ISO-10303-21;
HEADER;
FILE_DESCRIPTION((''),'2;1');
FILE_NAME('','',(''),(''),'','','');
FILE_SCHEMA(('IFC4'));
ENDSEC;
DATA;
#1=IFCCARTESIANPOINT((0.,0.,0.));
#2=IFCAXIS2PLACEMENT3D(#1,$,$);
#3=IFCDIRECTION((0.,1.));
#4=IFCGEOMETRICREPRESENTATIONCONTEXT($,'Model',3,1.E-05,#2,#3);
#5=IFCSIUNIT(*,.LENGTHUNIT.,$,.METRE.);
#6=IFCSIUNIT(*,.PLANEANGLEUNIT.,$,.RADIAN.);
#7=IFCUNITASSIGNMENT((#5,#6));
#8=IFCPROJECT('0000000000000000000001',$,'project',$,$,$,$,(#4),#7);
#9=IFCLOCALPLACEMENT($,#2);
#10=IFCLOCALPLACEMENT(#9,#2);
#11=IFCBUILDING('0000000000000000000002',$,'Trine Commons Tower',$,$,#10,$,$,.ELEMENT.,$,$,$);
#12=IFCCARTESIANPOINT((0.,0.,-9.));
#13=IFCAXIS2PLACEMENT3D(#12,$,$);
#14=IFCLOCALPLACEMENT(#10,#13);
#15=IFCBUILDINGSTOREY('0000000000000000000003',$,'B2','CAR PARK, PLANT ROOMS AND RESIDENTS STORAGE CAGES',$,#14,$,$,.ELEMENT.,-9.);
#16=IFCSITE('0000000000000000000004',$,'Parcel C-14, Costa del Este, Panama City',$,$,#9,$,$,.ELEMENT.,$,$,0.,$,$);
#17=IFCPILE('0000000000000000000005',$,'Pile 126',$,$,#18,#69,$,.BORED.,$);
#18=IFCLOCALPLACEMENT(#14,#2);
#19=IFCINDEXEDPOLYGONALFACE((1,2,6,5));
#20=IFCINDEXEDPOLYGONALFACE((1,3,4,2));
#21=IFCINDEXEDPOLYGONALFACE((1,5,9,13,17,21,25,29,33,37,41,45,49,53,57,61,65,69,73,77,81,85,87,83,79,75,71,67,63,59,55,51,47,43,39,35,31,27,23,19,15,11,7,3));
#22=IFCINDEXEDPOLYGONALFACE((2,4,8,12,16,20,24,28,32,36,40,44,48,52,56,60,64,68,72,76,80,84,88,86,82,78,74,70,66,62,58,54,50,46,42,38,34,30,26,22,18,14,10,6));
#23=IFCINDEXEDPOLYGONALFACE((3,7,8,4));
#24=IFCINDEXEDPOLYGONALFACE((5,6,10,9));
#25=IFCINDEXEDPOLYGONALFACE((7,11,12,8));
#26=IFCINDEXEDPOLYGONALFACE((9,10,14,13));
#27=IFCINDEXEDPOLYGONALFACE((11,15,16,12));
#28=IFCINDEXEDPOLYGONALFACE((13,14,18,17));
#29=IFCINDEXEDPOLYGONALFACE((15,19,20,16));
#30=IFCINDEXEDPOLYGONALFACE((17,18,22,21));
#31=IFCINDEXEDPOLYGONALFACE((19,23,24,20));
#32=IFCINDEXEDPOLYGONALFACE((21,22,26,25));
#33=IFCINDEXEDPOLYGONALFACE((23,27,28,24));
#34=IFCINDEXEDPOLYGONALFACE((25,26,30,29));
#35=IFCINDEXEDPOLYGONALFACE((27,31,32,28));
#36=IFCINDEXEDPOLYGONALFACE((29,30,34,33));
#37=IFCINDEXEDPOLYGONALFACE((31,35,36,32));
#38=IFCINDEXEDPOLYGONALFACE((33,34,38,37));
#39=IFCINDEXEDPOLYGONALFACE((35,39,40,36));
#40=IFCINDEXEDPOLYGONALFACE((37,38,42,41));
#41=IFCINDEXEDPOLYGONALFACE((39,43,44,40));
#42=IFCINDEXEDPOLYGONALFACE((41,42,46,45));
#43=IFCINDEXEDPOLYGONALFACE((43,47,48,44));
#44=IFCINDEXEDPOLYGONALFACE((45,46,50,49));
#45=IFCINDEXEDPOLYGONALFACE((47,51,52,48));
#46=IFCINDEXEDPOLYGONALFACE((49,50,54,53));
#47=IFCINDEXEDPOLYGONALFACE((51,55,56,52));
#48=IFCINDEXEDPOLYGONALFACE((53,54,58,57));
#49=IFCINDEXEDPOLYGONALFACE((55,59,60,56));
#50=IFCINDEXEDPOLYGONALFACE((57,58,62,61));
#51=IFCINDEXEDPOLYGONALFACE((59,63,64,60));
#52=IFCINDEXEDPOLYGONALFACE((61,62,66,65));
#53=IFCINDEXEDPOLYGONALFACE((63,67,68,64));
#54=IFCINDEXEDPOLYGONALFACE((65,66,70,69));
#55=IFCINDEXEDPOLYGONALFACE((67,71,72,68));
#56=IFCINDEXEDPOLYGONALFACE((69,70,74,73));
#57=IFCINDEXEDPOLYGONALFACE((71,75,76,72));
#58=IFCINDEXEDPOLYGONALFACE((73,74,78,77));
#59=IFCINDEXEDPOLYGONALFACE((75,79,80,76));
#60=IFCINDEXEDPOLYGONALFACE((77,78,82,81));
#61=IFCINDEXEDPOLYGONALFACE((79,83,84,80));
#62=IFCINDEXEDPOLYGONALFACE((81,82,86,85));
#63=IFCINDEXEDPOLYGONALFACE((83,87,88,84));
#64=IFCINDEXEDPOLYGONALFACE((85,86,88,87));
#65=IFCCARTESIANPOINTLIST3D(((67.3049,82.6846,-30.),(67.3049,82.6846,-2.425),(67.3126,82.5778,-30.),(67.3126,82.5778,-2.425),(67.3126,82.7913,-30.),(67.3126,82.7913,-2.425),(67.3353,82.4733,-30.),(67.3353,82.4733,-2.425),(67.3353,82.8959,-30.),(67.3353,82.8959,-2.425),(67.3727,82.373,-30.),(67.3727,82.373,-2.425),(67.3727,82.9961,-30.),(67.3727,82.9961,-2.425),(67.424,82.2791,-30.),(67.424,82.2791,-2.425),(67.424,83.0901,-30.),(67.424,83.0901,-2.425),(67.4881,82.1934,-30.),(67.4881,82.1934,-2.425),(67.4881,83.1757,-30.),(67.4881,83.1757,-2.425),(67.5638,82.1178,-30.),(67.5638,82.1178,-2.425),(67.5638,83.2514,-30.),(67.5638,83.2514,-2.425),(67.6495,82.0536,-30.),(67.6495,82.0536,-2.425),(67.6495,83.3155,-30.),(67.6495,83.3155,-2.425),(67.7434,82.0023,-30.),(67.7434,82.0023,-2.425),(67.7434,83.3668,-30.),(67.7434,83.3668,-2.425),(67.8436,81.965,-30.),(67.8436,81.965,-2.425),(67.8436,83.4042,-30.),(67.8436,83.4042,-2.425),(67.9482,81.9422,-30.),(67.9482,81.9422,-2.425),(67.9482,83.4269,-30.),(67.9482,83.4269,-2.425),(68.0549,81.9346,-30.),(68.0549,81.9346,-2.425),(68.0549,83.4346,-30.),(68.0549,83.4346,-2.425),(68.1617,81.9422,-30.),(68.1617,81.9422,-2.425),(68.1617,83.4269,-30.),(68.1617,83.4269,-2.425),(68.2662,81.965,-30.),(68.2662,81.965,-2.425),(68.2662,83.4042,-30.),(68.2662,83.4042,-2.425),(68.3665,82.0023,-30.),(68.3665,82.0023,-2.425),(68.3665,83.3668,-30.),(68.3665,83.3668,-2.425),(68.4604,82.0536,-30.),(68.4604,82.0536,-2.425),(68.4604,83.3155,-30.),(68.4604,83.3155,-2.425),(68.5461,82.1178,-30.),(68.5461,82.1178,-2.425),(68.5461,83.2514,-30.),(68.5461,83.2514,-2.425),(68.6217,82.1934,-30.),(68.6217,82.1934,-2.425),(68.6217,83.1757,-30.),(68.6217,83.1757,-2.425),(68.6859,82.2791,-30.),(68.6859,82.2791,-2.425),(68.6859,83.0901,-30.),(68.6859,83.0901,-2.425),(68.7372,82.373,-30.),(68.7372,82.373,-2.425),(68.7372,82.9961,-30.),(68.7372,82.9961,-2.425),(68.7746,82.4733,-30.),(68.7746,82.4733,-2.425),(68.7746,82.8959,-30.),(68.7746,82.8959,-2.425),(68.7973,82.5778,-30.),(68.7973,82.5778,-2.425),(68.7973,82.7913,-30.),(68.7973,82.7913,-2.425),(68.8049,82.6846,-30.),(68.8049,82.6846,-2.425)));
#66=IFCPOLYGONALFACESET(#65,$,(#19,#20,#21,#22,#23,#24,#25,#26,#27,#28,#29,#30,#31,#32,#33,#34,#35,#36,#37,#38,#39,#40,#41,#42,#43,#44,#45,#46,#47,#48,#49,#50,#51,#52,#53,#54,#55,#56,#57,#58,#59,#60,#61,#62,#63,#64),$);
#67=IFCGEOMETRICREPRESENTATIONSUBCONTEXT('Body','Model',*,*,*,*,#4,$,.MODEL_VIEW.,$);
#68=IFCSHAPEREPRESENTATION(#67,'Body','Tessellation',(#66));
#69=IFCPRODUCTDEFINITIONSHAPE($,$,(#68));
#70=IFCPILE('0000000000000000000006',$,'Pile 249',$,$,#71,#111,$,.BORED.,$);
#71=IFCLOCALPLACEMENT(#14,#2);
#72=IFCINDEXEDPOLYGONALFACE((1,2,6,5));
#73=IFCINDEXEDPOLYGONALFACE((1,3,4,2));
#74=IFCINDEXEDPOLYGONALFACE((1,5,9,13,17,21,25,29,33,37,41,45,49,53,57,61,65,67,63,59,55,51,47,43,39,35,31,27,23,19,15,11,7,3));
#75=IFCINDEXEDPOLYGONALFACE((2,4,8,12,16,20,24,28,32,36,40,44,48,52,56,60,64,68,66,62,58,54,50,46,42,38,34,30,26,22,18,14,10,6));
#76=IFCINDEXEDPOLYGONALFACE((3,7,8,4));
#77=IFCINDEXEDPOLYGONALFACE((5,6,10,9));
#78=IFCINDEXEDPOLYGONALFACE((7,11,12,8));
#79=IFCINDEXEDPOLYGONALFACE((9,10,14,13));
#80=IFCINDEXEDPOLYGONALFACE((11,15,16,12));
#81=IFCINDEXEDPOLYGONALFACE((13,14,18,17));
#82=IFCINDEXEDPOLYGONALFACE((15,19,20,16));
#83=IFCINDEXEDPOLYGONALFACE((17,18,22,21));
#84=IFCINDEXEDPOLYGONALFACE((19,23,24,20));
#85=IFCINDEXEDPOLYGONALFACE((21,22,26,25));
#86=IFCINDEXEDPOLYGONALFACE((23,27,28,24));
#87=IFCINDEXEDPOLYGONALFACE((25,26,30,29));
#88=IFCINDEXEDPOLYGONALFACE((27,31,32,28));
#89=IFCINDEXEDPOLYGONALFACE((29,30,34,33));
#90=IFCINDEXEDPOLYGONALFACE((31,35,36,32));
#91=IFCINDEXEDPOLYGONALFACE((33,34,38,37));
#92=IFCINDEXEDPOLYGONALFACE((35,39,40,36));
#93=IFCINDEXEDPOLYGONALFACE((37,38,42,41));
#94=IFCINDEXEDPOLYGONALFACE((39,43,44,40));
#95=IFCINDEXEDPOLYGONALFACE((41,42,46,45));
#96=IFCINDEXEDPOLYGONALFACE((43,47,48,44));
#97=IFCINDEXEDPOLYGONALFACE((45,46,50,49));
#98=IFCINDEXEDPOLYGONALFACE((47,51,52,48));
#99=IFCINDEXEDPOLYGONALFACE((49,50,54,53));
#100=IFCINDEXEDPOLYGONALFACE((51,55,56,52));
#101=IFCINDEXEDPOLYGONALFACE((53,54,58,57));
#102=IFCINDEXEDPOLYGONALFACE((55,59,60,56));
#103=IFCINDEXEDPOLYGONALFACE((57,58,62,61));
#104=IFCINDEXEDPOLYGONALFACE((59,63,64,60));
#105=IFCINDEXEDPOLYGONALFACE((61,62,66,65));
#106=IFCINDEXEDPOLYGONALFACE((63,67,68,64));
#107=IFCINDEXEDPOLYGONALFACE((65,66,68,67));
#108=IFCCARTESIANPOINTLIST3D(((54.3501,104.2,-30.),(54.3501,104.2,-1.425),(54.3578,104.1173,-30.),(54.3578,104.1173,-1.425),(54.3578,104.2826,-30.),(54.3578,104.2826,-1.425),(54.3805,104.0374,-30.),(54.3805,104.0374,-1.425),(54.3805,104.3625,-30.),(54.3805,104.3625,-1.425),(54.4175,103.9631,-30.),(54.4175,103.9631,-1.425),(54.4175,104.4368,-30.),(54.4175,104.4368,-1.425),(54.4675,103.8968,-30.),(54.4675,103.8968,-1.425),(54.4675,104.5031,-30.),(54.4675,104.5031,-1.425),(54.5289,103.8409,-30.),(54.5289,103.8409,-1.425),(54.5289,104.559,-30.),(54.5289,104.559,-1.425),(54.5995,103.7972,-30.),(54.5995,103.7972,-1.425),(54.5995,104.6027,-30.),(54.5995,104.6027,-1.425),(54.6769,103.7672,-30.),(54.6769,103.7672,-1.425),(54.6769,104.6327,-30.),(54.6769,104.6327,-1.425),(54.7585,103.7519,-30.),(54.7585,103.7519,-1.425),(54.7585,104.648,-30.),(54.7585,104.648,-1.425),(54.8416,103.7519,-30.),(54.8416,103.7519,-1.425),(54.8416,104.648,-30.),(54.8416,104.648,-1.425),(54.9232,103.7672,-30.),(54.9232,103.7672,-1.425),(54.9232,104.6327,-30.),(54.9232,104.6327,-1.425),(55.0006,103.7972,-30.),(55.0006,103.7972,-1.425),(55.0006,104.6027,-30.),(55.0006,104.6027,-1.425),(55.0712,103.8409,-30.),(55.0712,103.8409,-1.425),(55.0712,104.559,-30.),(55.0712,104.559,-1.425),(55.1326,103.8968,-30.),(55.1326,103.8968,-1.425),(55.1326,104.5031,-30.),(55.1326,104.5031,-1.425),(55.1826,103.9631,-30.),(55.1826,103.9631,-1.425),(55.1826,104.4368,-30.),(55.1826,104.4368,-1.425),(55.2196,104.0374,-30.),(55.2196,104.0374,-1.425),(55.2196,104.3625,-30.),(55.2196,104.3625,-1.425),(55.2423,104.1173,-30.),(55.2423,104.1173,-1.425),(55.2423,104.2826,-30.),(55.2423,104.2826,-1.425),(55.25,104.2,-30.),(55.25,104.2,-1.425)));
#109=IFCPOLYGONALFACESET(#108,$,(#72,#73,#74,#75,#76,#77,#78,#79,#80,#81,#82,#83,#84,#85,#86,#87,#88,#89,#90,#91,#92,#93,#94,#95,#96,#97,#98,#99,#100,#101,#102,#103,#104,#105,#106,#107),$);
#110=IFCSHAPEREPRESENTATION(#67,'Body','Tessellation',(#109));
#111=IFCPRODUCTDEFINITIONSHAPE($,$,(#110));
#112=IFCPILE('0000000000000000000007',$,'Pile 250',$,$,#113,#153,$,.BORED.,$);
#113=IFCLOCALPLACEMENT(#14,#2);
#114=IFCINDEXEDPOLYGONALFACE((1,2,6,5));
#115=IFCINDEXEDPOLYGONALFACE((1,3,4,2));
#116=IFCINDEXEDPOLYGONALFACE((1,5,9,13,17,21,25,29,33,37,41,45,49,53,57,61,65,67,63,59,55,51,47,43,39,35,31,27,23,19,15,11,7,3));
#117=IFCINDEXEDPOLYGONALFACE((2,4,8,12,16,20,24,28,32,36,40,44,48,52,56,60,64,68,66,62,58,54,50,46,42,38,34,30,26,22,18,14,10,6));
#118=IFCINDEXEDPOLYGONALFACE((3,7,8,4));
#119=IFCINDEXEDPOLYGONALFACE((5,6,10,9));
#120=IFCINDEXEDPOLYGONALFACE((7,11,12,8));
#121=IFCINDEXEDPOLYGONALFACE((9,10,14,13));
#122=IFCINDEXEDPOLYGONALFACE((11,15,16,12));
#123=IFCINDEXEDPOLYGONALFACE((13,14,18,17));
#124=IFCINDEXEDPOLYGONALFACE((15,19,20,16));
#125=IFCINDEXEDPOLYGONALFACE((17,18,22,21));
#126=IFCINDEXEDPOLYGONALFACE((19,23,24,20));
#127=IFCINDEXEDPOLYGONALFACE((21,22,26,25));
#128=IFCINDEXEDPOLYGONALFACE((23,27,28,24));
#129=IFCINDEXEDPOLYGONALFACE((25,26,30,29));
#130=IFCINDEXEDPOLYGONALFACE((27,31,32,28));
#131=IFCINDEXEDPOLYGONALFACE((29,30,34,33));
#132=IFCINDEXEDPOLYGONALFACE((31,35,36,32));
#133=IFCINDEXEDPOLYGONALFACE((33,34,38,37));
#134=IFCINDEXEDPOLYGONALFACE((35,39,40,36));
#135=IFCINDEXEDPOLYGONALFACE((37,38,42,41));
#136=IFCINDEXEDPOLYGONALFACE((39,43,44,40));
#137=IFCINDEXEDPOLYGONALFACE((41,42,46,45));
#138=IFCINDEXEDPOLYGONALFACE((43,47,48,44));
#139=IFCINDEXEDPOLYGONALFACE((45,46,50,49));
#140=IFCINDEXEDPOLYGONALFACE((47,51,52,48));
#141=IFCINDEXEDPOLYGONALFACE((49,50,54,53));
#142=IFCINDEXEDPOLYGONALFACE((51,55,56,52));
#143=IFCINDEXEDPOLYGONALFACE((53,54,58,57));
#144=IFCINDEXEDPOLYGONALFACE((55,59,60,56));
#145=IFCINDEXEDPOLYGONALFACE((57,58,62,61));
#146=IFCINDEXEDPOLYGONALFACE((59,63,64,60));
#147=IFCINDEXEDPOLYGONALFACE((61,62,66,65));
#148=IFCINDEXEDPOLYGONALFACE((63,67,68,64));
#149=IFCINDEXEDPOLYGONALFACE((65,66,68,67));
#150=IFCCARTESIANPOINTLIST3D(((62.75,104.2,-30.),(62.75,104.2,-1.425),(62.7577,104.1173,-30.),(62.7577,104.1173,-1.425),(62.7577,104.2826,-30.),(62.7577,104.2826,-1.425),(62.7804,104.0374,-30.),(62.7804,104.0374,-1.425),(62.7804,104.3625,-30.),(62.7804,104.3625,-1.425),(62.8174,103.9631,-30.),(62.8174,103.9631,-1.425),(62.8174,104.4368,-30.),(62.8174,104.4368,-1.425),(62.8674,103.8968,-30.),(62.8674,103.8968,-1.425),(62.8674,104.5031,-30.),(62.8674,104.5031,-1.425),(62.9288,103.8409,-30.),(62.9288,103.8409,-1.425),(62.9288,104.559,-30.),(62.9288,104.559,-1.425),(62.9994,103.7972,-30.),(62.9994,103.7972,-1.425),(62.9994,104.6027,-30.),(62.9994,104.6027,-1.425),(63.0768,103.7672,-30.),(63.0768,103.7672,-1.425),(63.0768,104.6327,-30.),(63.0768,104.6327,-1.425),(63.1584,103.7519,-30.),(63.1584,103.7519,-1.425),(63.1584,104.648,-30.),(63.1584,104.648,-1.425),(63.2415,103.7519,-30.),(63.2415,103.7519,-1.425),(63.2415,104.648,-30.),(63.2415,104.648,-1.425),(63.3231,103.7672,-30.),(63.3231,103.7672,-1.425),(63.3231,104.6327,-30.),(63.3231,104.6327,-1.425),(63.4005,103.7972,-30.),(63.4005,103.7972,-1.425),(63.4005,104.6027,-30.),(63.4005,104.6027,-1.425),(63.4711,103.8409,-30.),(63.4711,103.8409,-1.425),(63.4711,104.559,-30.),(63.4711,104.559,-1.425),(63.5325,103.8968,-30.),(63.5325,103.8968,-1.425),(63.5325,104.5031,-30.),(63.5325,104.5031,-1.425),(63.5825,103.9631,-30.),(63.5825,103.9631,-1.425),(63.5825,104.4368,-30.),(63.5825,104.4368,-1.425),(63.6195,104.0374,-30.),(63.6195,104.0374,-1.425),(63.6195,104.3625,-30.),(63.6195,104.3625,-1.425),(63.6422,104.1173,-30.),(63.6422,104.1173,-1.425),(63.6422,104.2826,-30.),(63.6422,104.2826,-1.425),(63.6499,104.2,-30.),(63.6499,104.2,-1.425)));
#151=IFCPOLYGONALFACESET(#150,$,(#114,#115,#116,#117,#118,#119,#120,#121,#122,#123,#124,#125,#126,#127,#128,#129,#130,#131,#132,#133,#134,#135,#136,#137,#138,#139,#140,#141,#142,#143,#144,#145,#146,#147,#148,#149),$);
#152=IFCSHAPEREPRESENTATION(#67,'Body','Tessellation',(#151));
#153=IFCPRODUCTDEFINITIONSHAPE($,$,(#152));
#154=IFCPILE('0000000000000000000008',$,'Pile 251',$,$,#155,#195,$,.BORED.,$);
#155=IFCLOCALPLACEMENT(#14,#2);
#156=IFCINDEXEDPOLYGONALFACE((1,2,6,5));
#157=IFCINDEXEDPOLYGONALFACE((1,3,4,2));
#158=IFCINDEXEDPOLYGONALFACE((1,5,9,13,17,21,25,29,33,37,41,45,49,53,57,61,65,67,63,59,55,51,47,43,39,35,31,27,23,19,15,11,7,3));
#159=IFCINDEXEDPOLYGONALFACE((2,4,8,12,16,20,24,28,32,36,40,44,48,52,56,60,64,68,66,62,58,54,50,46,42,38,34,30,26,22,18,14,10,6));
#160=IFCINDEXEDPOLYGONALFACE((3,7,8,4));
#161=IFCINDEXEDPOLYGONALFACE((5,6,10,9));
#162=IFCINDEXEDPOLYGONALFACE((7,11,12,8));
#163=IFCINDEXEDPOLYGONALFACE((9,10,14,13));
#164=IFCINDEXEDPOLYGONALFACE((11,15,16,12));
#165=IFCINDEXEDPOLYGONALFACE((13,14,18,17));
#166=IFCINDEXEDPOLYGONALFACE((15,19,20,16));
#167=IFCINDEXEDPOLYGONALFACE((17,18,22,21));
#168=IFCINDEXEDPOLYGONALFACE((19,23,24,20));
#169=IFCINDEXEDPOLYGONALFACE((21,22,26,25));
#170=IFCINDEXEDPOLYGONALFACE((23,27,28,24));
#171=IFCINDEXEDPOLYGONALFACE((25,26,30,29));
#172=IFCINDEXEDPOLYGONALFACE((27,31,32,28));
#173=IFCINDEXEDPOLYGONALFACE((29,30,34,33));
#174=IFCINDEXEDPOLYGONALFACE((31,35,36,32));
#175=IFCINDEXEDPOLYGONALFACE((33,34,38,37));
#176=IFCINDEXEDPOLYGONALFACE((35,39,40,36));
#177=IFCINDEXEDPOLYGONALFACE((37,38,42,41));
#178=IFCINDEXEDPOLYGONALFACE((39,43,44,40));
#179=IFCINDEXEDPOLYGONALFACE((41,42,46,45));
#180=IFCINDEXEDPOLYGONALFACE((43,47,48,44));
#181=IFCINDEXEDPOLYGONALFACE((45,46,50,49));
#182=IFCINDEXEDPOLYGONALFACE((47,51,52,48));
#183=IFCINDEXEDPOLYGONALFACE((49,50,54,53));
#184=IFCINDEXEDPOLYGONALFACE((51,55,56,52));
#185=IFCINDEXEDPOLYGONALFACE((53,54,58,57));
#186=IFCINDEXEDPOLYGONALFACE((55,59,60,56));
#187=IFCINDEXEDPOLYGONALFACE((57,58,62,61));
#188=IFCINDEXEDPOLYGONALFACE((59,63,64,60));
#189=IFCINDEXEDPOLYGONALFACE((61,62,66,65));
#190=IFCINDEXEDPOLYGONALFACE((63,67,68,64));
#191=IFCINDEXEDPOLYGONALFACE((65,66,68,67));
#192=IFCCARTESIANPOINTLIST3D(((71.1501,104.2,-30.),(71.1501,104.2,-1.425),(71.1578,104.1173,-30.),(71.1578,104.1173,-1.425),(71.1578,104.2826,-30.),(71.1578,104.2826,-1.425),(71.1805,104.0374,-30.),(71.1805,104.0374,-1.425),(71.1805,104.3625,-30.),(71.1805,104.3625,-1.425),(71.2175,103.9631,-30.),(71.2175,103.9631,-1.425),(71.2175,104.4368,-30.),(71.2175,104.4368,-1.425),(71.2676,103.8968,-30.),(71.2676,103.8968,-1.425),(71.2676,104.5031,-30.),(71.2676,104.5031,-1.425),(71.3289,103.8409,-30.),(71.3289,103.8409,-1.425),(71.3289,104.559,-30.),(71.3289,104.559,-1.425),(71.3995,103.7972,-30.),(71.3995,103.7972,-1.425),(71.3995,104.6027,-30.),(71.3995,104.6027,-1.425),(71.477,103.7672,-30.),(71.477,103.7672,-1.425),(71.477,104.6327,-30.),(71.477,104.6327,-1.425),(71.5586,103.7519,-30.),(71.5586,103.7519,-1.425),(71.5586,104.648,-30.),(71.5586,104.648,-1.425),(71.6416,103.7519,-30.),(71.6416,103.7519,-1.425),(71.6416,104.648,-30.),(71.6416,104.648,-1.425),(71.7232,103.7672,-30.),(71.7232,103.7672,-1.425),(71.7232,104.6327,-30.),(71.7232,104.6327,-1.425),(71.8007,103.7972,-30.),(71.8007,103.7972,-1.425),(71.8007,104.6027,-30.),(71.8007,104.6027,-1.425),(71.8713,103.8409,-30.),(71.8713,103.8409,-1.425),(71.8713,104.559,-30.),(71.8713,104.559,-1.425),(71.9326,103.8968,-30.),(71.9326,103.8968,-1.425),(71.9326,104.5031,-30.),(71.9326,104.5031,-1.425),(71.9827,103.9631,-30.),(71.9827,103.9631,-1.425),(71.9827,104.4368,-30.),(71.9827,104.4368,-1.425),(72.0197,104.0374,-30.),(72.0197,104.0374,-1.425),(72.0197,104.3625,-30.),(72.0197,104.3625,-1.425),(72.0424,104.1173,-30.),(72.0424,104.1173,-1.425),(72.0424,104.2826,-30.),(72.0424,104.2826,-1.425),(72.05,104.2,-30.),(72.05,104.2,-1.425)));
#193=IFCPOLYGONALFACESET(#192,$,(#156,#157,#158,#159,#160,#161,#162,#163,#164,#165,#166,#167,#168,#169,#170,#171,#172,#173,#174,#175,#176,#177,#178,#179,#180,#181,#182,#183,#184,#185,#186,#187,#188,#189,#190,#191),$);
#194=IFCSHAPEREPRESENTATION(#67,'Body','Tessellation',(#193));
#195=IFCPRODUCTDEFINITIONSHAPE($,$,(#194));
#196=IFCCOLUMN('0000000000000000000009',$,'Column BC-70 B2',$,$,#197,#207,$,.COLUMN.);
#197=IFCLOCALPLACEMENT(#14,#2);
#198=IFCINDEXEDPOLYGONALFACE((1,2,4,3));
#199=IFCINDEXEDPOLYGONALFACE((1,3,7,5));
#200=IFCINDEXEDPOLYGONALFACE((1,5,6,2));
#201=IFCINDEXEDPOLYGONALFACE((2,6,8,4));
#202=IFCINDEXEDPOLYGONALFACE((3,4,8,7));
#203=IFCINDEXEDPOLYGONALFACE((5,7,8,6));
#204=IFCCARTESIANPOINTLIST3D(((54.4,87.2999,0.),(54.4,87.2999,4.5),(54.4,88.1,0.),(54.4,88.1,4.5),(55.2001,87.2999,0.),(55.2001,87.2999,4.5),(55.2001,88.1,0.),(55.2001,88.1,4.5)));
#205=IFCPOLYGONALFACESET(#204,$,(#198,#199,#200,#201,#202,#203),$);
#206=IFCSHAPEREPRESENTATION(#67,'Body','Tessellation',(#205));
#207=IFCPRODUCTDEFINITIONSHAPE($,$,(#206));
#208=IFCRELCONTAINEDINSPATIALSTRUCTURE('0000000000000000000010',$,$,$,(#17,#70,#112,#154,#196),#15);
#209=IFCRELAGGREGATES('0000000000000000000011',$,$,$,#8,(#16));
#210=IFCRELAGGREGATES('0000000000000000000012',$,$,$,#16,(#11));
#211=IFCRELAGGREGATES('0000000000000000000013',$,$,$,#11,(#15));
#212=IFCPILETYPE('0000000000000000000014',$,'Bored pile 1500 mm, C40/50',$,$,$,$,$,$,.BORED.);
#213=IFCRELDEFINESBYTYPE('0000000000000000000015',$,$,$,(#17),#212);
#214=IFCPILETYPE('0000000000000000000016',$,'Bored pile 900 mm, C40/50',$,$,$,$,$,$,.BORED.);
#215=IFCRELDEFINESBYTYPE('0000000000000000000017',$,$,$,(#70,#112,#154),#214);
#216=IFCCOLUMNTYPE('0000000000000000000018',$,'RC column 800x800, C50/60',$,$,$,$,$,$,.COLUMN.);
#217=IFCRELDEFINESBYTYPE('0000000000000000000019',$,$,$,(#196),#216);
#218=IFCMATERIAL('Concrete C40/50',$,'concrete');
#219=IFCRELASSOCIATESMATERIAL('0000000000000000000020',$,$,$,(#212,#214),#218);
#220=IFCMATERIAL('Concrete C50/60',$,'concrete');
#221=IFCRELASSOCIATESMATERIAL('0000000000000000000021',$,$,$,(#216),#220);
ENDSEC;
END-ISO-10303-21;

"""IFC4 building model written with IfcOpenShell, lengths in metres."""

from ifc_helpers import new_model, si_unit, direction, frame, origin, origin_2d, place, context, subcontext, project, spatial, rectangle, circle, extrude, material, material_profile, profile_set, type_object, element, save


model = new_model("IFC4")

# Units and contexts
model_context = context("Model", 3, precision=1e-05, world=origin(), true_north=direction((0.0, 1.0)))
body_context = subcontext(model_context, "Body", "Model", "MODEL_VIEW")
ifc_project = project(units=[si_unit("LENGTHUNIT", "METRE"), si_unit("PLANEANGLEUNIT", "RADIAN")], contexts=[model_context])

# Site, building, storey
site_placement = place(None, origin())
site = spatial("IfcSite", under=ifc_project, at=site_placement, Name="Parcel C-14, Costa del Este, Panama City", CompositionType="ELEMENT", RefElevation=0.0)
building_placement = place(site_placement, origin())
building = spatial("IfcBuilding", under=site, at=building_placement, Name="Trine Commons Tower", CompositionType="ELEMENT")
storey_placement = place(building_placement, frame((0.0, 0.0, -9.0)))
storey = spatial("IfcBuildingStorey", under=building, at=storey_placement, Name="B2", Description="CAR PARK, PLANT ROOMS AND RESIDENTS STORAGE CAGES", CompositionType="ELEMENT", Elevation=-9.0)

# Piles
ifc_material_1 = material(Name="Concrete C40/50", Category="concrete")
pile_type_1 = type_object("IfcPileType", Name="Bored pile 1500 mm, C40/50", PredefinedType="BORED", material=ifc_material_1)
for number, where, z_axis, x_axis, name in (
    (1, (68.0549, 82.6846, -2.425), (0.0, 0.0, -1.0), (1.0, 0.0, 0.0), "Pile 126"),
):
    element("IfcPile", number, at=place(storey_placement, frame(where, z_axis=z_axis, x_axis=x_axis)), inside=storey, type_object=pile_type_1, Name=name, PredefinedType="BORED", context=body_context, shape_type="SweptSolid", body=[
        extrude(circle(Radius=0.75, at=origin_2d()), origin(), (0.0, 0.0, 1.0), 27.575),
    ])
pile_type_2 = type_object("IfcPileType", Name="Bored pile 900 mm, C40/50", PredefinedType="BORED", material=ifc_material_1)
for number, where, z_axis, x_axis, name in (
    (2, (54.8, 104.2, -1.425), (0.0, 0.0, -1.0), (1.0, 0.0, 0.0), "Pile 249"),
    (3, (63.2, 104.2, -1.425), (0.0, 0.0, -1.0), (1.0, 0.0, 0.0), "Pile 250"),
    (4, (71.6001, 104.2, -1.425), (0.0, 0.0, -1.0), (1.0, 0.0, 0.0), "Pile 251"),
):
    element("IfcPile", number, at=place(storey_placement, frame(where, z_axis=z_axis, x_axis=x_axis)), inside=storey, type_object=pile_type_2, Name=name, PredefinedType="BORED", context=body_context, shape_type="SweptSolid", body=[
        extrude(circle(Radius=0.45, at=origin_2d()), origin(), (0.0, 0.0, 1.0), 28.575),
    ])

# Column
ifc_material_2 = material(Name="Concrete C50/60", Category="concrete")
ifc_material_profile_1 = material_profile(ifc_material_2, rectangle(XDim=0.8, YDim=0.8, at=origin_2d()), Name="RC 800x800")
ifc_profile_set_1 = profile_set([ifc_material_profile_1], Name="Concrete C50/60")
column_type_1 = type_object("IfcColumnType", Name="RC column 800x800, C50/60", PredefinedType="COLUMN", material=ifc_profile_set_1)
for number, where, z_axis, x_axis, name in (
    (5, (54.8, 87.7, 0.0), (0.0, 0.0, 1.0), (1.0, 0.0, 0.0), "Column BC-70 B2"),
):
    element("IfcColumn", number, at=place(storey_placement, frame(where, z_axis=z_axis, x_axis=x_axis)), inside=storey, type_object=column_type_1, Name=name, PredefinedType="COLUMN", context=body_context, shape_type="SweptSolid", body=[
        extrude(rectangle(XDim=0.8, YDim=0.8, at=origin_2d()), origin(), (0.0, 0.0, 1.0), 4.5),
    ])

save(model, "model.ifc")
